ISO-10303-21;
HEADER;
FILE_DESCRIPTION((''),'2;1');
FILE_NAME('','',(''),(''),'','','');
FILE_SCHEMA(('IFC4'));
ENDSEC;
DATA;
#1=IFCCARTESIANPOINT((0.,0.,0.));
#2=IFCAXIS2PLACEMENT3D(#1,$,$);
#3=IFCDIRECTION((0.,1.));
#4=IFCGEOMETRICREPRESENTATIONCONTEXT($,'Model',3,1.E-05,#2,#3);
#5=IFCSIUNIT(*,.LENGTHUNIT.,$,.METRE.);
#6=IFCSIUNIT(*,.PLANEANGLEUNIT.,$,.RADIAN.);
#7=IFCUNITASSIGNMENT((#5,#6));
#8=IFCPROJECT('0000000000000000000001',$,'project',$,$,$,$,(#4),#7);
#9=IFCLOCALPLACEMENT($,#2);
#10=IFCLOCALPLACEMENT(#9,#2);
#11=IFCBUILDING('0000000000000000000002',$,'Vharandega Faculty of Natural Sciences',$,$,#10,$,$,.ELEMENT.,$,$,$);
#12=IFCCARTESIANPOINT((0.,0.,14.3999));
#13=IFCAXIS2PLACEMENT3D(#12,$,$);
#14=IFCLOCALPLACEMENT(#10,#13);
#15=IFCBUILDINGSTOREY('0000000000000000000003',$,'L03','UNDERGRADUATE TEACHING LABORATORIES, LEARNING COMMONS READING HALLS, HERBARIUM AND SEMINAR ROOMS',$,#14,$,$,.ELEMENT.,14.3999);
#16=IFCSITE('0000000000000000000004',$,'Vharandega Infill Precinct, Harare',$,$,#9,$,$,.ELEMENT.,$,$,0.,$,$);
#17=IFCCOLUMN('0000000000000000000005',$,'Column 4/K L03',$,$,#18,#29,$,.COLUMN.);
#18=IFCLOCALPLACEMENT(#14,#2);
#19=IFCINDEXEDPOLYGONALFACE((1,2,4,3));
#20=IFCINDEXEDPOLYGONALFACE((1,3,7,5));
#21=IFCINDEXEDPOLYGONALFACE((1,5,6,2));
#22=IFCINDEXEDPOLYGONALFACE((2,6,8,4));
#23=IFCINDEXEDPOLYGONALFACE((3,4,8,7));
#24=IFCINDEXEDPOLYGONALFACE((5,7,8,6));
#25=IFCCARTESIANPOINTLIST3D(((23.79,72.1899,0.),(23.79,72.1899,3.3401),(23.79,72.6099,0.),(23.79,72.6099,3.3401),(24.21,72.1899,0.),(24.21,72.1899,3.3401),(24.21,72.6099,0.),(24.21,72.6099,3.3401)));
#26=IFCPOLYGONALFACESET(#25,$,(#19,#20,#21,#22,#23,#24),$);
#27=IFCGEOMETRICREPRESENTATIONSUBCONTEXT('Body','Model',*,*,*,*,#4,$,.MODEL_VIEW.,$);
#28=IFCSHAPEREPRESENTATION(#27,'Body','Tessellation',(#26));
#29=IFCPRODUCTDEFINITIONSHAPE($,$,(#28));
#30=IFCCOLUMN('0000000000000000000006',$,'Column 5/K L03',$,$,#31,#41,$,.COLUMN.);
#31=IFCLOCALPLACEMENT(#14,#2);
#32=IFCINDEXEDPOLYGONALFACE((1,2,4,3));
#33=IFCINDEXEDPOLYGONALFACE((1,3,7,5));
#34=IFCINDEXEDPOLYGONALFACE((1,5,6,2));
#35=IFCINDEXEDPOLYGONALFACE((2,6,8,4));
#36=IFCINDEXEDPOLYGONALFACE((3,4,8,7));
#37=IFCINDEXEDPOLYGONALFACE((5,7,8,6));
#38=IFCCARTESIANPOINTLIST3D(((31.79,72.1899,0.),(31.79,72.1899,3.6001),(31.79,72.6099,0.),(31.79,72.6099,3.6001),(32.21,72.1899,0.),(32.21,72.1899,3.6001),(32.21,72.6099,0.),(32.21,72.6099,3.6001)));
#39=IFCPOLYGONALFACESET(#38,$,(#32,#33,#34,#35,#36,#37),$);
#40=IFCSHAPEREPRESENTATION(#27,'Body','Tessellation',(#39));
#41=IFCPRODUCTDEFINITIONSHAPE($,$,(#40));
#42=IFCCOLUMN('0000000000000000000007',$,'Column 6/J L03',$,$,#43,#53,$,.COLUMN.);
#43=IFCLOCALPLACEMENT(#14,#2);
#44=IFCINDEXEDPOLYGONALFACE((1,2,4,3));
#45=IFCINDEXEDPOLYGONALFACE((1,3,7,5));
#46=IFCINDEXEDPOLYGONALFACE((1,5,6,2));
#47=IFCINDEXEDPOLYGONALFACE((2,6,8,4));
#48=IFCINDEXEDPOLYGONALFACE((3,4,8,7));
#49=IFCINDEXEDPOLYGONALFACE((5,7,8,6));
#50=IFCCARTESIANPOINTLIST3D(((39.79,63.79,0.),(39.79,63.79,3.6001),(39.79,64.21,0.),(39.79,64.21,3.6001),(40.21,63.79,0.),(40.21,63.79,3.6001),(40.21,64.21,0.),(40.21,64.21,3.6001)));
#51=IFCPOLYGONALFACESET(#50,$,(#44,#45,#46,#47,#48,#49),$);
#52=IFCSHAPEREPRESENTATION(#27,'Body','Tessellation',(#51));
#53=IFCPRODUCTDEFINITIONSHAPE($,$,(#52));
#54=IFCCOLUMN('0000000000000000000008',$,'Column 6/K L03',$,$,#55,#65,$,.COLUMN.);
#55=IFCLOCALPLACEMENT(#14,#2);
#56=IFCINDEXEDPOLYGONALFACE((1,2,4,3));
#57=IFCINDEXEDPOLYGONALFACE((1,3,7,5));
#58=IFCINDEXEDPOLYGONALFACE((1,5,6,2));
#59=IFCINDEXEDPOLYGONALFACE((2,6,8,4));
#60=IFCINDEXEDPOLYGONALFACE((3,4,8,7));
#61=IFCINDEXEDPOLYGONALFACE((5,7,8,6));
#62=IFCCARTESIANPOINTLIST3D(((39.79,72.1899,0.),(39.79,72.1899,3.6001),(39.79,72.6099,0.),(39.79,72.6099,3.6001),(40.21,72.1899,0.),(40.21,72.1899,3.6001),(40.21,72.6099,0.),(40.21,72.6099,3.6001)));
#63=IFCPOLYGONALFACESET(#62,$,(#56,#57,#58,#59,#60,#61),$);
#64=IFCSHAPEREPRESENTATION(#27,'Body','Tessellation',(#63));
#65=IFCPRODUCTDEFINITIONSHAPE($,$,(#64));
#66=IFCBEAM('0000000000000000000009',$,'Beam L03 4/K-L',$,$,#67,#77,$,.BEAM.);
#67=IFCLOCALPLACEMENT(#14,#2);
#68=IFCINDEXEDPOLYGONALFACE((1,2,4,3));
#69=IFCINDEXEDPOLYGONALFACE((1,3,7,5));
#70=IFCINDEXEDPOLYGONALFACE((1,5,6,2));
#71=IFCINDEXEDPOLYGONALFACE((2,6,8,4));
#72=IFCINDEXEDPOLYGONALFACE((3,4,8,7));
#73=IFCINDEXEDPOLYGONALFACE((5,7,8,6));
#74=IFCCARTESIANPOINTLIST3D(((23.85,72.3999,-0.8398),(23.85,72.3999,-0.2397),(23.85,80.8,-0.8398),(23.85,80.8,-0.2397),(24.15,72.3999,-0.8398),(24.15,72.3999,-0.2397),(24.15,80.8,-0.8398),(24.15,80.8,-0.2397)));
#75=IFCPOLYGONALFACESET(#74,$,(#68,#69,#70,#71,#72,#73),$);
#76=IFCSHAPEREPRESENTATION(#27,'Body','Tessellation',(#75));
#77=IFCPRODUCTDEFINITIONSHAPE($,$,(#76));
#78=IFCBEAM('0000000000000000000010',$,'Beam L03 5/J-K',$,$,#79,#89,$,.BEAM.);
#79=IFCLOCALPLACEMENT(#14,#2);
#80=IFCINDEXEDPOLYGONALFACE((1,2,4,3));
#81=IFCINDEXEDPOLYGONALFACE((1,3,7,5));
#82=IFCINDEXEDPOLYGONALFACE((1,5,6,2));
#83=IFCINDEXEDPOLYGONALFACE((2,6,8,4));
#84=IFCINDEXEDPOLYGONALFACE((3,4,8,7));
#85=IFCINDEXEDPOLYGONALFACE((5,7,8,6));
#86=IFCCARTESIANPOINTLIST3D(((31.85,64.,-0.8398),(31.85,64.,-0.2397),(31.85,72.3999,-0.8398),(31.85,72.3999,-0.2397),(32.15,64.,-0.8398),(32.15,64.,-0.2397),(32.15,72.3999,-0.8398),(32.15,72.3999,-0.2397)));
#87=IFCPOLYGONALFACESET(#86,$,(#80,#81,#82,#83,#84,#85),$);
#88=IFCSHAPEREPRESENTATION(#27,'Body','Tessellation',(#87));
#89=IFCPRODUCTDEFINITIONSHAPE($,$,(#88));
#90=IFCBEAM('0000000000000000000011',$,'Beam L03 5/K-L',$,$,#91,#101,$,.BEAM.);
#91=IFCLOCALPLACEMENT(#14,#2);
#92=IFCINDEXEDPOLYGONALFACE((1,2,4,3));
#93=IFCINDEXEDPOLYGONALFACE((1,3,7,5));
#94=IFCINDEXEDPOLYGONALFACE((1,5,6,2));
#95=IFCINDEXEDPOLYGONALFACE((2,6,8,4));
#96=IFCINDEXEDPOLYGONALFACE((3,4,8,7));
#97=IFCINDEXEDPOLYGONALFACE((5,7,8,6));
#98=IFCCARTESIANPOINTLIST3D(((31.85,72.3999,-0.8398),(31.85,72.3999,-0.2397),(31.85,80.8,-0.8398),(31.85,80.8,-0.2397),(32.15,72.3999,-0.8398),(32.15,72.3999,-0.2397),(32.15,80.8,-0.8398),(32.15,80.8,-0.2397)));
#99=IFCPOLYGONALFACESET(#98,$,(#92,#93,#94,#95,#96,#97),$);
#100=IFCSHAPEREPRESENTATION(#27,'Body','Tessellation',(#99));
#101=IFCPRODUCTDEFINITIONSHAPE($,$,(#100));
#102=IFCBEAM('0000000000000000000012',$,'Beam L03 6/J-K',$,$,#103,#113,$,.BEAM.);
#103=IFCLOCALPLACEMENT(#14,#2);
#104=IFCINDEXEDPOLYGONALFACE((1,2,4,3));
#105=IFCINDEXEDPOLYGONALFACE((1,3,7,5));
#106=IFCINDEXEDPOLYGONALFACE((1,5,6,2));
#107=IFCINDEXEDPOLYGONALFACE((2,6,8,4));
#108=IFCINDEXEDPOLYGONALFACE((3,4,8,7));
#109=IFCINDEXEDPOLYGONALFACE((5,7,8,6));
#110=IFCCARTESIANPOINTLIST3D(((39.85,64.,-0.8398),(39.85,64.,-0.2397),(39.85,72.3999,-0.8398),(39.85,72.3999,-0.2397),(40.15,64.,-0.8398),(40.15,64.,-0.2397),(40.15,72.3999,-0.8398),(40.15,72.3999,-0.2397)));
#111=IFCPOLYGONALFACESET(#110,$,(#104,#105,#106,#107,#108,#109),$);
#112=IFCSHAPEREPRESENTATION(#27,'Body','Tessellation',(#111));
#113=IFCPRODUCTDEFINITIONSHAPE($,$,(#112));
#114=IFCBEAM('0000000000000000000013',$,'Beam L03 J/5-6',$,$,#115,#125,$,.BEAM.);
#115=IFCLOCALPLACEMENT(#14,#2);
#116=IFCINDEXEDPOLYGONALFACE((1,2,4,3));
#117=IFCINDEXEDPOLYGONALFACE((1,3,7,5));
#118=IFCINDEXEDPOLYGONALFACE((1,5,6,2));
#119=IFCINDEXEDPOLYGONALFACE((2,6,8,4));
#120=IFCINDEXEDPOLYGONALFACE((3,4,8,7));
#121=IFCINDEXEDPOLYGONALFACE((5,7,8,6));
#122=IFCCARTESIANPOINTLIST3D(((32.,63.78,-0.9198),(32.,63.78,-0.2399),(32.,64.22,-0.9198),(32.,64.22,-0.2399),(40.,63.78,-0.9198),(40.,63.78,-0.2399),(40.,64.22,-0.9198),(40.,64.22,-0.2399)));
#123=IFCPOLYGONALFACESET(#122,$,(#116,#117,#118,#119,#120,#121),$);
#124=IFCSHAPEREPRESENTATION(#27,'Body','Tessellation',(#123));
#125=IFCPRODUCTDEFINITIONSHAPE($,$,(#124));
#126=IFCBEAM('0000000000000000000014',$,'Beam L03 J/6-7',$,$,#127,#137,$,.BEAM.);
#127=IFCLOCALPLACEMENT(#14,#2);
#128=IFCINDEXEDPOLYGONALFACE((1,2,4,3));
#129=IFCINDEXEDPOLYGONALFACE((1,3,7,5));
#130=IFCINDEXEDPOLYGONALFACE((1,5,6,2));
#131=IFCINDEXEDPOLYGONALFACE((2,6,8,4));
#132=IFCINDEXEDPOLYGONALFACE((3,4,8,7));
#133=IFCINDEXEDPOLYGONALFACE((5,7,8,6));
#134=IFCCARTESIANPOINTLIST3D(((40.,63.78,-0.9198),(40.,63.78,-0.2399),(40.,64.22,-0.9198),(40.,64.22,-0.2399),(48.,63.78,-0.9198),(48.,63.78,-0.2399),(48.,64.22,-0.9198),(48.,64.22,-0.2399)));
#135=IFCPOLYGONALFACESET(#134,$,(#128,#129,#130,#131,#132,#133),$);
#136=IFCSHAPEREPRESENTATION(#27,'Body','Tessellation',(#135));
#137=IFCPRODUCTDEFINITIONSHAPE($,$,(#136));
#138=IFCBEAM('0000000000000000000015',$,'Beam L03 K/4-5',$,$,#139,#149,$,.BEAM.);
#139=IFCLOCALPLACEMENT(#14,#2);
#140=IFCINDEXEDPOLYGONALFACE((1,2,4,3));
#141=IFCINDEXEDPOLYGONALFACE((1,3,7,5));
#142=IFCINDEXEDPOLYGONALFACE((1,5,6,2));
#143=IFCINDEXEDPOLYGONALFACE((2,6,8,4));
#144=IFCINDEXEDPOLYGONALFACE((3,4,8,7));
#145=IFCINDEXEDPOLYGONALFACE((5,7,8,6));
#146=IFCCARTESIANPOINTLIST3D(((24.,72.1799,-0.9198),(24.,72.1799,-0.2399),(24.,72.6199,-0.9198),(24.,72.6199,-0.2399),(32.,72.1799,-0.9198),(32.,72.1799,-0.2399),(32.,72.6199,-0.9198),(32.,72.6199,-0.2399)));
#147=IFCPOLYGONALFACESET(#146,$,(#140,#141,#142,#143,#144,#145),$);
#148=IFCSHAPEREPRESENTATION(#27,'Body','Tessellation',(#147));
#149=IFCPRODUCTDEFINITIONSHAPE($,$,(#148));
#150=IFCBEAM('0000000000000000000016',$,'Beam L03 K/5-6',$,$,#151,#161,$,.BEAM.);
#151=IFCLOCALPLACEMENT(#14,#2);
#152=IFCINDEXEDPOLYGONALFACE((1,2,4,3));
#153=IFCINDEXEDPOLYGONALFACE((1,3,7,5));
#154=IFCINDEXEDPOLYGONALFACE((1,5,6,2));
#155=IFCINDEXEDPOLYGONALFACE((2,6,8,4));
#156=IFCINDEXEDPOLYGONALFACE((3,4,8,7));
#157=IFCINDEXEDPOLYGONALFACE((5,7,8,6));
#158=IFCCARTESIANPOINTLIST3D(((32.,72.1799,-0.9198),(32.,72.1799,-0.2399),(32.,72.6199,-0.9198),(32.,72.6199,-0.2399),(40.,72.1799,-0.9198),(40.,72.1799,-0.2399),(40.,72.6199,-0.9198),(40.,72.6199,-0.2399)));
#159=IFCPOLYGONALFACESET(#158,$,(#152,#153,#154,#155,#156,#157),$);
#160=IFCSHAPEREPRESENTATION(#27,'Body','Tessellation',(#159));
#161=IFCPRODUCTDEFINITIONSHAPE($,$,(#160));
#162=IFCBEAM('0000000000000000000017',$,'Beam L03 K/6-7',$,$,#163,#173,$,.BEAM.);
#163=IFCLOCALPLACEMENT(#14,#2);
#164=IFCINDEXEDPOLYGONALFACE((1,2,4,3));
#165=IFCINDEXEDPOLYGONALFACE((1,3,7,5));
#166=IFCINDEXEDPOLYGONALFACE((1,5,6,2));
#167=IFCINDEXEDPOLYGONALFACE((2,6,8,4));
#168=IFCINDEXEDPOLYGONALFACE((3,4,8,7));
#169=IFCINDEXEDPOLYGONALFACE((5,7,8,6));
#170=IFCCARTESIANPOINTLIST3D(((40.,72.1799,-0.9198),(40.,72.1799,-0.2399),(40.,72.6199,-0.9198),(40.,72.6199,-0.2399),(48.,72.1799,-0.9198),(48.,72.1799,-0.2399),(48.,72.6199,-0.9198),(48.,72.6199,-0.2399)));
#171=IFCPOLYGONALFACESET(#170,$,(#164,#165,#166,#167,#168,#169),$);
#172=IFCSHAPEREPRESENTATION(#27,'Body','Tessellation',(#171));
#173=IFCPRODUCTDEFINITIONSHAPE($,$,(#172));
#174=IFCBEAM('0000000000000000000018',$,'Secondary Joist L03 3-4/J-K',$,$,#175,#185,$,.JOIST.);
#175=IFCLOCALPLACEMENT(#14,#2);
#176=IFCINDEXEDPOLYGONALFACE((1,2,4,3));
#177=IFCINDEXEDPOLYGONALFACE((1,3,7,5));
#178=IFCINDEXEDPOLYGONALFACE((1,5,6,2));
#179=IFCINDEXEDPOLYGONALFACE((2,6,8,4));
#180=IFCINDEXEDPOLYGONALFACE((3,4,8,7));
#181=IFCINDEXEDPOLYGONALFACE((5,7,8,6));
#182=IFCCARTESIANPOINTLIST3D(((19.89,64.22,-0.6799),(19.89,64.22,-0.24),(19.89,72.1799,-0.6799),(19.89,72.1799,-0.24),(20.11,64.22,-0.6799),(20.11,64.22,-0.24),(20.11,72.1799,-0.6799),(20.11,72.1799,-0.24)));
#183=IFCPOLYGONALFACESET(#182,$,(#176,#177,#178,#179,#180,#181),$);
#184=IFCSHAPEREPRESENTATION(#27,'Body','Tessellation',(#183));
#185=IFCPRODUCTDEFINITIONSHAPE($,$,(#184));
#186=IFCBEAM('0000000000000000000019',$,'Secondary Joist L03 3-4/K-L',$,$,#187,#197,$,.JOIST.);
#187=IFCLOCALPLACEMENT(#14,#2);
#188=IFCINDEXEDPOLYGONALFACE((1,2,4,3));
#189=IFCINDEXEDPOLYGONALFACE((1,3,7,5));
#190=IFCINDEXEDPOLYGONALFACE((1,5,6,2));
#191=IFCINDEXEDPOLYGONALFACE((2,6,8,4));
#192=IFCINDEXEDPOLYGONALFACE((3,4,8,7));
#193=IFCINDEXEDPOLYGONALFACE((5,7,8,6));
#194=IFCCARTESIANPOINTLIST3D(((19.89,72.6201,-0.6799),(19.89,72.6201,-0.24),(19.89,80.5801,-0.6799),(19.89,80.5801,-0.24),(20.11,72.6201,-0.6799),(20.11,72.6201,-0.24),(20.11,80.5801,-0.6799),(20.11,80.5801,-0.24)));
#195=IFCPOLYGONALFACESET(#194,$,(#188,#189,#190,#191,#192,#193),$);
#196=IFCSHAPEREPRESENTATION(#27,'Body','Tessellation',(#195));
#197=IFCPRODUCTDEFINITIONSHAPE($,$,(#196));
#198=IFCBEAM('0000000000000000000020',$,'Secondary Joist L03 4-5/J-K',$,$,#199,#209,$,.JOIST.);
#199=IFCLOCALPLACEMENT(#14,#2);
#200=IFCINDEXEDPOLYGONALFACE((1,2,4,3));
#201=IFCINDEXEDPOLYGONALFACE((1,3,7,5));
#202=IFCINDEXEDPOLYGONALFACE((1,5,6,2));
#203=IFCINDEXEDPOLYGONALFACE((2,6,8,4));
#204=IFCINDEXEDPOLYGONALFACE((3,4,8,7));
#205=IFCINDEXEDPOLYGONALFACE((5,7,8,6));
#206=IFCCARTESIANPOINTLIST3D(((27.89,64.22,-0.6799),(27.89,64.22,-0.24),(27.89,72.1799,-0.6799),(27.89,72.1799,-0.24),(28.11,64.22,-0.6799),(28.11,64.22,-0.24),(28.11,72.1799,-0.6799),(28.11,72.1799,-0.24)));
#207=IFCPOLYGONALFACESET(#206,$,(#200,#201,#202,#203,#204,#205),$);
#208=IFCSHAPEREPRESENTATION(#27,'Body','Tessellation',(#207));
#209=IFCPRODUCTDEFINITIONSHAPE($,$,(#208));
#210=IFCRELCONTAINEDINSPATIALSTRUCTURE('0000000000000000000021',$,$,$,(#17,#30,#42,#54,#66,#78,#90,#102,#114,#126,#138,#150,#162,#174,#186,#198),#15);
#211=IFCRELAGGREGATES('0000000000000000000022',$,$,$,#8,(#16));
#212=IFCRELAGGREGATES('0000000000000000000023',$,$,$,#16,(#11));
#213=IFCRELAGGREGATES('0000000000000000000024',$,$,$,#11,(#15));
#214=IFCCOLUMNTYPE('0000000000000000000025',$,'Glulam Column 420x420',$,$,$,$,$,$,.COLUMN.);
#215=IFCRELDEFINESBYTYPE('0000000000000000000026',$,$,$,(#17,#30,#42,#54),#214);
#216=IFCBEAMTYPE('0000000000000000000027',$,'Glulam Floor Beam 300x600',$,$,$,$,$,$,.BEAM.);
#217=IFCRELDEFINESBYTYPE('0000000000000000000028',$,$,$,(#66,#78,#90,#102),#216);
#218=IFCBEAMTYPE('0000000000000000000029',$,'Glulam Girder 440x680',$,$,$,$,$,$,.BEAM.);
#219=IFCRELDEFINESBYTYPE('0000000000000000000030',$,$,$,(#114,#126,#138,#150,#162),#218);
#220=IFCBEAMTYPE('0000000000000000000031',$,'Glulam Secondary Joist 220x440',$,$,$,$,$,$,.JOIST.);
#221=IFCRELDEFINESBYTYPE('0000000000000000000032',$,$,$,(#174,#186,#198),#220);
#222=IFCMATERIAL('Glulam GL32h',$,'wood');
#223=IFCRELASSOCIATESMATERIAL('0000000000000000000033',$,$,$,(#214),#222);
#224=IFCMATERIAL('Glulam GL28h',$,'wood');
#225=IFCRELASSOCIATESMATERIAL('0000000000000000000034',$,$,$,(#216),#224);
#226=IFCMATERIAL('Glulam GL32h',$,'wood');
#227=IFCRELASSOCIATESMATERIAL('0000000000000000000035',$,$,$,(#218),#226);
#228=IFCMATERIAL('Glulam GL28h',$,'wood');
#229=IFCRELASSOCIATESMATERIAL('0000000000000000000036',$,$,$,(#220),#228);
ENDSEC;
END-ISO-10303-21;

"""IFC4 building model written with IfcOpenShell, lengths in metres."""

from ifc_helpers import new_model, si_unit, direction, frame, origin, origin_2d, place, context, subcontext, project, spatial, rectangle, extrude, material, material_profile, profile_set, type_object, element, save


model = new_model("IFC4")

# Units and contexts
model_context = context("Model", 3, precision=1e-05, world=origin(), true_north=direction((0.0, 1.0)))
body_context = subcontext(model_context, "Body", "Model", "MODEL_VIEW")
ifc_project = project(units=[si_unit("LENGTHUNIT", "METRE"), si_unit("PLANEANGLEUNIT", "RADIAN")], contexts=[model_context])

# Site, building, storey
site_placement = place(None, origin())
site = spatial("IfcSite", under=ifc_project, at=site_placement, Name="Vharandega Infill Precinct, Harare", CompositionType="ELEMENT", RefElevation=0.0)
building_placement = place(site_placement, origin())
building = spatial("IfcBuilding", under=site, at=building_placement, Name="Vharandega Faculty of Natural Sciences", CompositionType="ELEMENT")
storey_placement = place(building_placement, frame((0.0, 0.0, 14.3999)))
storey = spatial("IfcBuildingStorey", under=building, at=storey_placement, Name="L03", Description="UNDERGRADUATE TEACHING LABORATORIES, LEARNING COMMONS READING HALLS, HERBARIUM AND SEMINAR ROOMS", CompositionType="ELEMENT", Elevation=14.3999)

# Columns
ifc_material_1 = material(Name="Glulam GL32h", Category="wood")
ifc_material_profile_1 = material_profile(ifc_material_1, rectangle(XDim=0.4199, YDim=0.4199, at=origin_2d()), Name="GL32h 420x420")
ifc_profile_set_1 = profile_set([ifc_material_profile_1], Name="Glulam GL32h")
column_type = type_object("IfcColumnType", Name="Glulam Column 420x420", PredefinedType="COLUMN", material=ifc_profile_set_1)
column_placement = place(storey_placement, frame((24.0, 72.3999, 0.0), z_axis=(0.0, 0.0, 1.0), x_axis=(1.0, 0.0, 0.0)))
element("IfcColumn", 1, at=column_placement, inside=storey, type_object=column_type, Name="Column 4/K L03", PredefinedType="COLUMN", context=body_context, shape_type="SweptSolid", body=[
    extrude(rectangle(XDim=0.4199, YDim=0.4199, at=origin_2d()), origin(), (0.0, 0.0, 1.0), 3.3401),
])
for number, where, z_axis, x_axis, name in (
    (2, (32.0, 72.3999, 0.0), (0.0, 0.0, 1.0), (1.0, 0.0, 0.0), "Column 5/K L03"),
    (3, (40.0, 64.0, 0.0), (0.0, 0.0, 1.0), (1.0, 0.0, 0.0), "Column 6/J L03"),
    (4, (40.0, 72.3999, 0.0), (0.0, 0.0, 1.0), (1.0, 0.0, 0.0), "Column 6/K L03"),
):
    element("IfcColumn", number, at=place(storey_placement, frame(where, z_axis=z_axis, x_axis=x_axis)), inside=storey, type_object=column_type, Name=name, PredefinedType="COLUMN", context=body_context, shape_type="SweptSolid", body=[
        extrude(rectangle(XDim=0.4199, YDim=0.4199, at=origin_2d()), origin(), (0.0, 0.0, 1.0), 3.6001),
    ])

# Beams
ifc_material_2 = material(Name="Glulam GL28h", Category="wood")
ifc_material_profile_2 = material_profile(ifc_material_2, rectangle(XDim=0.3, YDim=0.6001, at=origin_2d()), Name="GL28h 300x600")
ifc_profile_set_2 = profile_set([ifc_material_profile_2], Name="Glulam GL28h")
beam_type_1 = type_object("IfcBeamType", Name="Glulam Floor Beam 300x600", PredefinedType="BEAM", material=ifc_profile_set_2)
beam_1_placement = place(storey_placement, frame((24.0, 72.3999, -0.5398), z_axis=(0.0, 1.0, 0.0), x_axis=(-1.0, 0.0, 0.0)))
element("IfcBeam", 5, at=beam_1_placement, inside=storey, type_object=beam_type_1, Name="Beam L03 4/K-L", PredefinedType="BEAM", context=body_context, shape_type="SweptSolid", body=[
    extrude(rectangle(XDim=0.3, YDim=0.6001, at=origin_2d()), origin(), (0.0, 0.0, 1.0), 8.4001),
])
beam_2_placement = place(storey_placement, frame((32.0, 64.0, -0.5398), z_axis=(0.0, 1.0, 0.0), x_axis=(-1.0, 0.0, 0.0)))
element("IfcBeam", 6, at=beam_2_placement, inside=storey, type_object=beam_type_1, Name="Beam L03 5/J-K", PredefinedType="BEAM", context=body_context, shape_type="SweptSolid", body=[
    extrude(rectangle(XDim=0.3, YDim=0.6001, at=origin_2d()), origin(), (0.0, 0.0, 1.0), 8.3999),
])
beam_3_placement = place(storey_placement, frame((32.0, 72.3999, -0.5398), z_axis=(0.0, 1.0, 0.0), x_axis=(-1.0, 0.0, 0.0)))
element("IfcBeam", 7, at=beam_3_placement, inside=storey, type_object=beam_type_1, Name="Beam L03 5/K-L", PredefinedType="BEAM", context=body_context, shape_type="SweptSolid", body=[
    extrude(rectangle(XDim=0.3, YDim=0.6001, at=origin_2d()), origin(), (0.0, 0.0, 1.0), 8.4001),
])
beam_4_placement = place(storey_placement, frame((40.0, 64.0, -0.5398), z_axis=(0.0, 1.0, 0.0), x_axis=(-1.0, 0.0, 0.0)))
element("IfcBeam", 8, at=beam_4_placement, inside=storey, type_object=beam_type_1, Name="Beam L03 6/J-K", PredefinedType="BEAM", context=body_context, shape_type="SweptSolid", body=[
    extrude(rectangle(XDim=0.3, YDim=0.6001, at=origin_2d()), origin(), (0.0, 0.0, 1.0), 8.3999),
])
ifc_material_3 = material(Name="Glulam GL32h", Category="wood")
ifc_material_profile_3 = material_profile(ifc_material_3, rectangle(XDim=0.4399, YDim=0.6799, at=origin_2d()), Name="GL32h 440x680")
ifc_profile_set_3 = profile_set([ifc_material_profile_3], Name="Glulam GL32h")
beam_type_2 = type_object("IfcBeamType", Name="Glulam Girder 440x680", PredefinedType="BEAM", material=ifc_profile_set_3)
for number, where, z_axis, x_axis, name in (
    (9, (32.0, 64.0, -0.5798), (1.0, 0.0, 0.0), (0.0, 1.0, 0.0), "Beam L03 J/5-6"),
    (10, (40.0, 64.0, -0.5798), (1.0, 0.0, 0.0), (0.0, 1.0, 0.0), "Beam L03 J/6-7"),
    (11, (24.0, 72.3999, -0.5798), (1.0, 0.0, 0.0), (0.0, 1.0, 0.0), "Beam L03 K/4-5"),
    (12, (32.0, 72.3999, -0.5798), (1.0, 0.0, 0.0), (0.0, 1.0, 0.0), "Beam L03 K/5-6"),
    (13, (40.0, 72.3999, -0.5798), (1.0, 0.0, 0.0), (0.0, 1.0, 0.0), "Beam L03 K/6-7"),
):
    element("IfcBeam", number, at=place(storey_placement, frame(where, z_axis=z_axis, x_axis=x_axis)), inside=storey, type_object=beam_type_2, Name=name, PredefinedType="BEAM", context=body_context, shape_type="SweptSolid", body=[
        extrude(rectangle(XDim=0.4399, YDim=0.6799, at=origin_2d()), origin(), (0.0, 0.0, 1.0), 8.0),
    ])
ifc_material_4 = material(Name="Glulam GL28h", Category="wood")
ifc_material_profile_4 = material_profile(ifc_material_4, rectangle(XDim=0.22, YDim=0.4399, at=origin_2d()), Name="GL28h 220x440")
ifc_profile_set_4 = profile_set([ifc_material_profile_4], Name="Glulam GL28h")
beam_type_3 = type_object("IfcBeamType", Name="Glulam Secondary Joist 220x440", PredefinedType="JOIST", material=ifc_profile_set_4)
for number, where, z_axis, x_axis, name in (
    (14, (20.0, 64.22, -0.46), (0.0, 1.0, 0.0), (-1.0, 0.0, 0.0), "Secondary Joist L03 3-4/J-K"),
    (15, (20.0, 72.6201, -0.46), (0.0, 1.0, 0.0), (-1.0, 0.0, 0.0), "Secondary Joist L03 3-4/K-L"),
    (16, (28.0, 64.22, -0.46), (0.0, 1.0, 0.0), (-1.0, 0.0, 0.0), "Secondary Joist L03 4-5/J-K"),
):
    element("IfcBeam", number, at=place(storey_placement, frame(where, z_axis=z_axis, x_axis=x_axis)), inside=storey, type_object=beam_type_3, Name=name, PredefinedType="JOIST", context=body_context, shape_type="SweptSolid", body=[
        extrude(rectangle(XDim=0.22, YDim=0.4399, at=origin_2d()), origin(), (0.0, 0.0, 1.0), 7.96),
    ])

save(model, "model.ifc")
